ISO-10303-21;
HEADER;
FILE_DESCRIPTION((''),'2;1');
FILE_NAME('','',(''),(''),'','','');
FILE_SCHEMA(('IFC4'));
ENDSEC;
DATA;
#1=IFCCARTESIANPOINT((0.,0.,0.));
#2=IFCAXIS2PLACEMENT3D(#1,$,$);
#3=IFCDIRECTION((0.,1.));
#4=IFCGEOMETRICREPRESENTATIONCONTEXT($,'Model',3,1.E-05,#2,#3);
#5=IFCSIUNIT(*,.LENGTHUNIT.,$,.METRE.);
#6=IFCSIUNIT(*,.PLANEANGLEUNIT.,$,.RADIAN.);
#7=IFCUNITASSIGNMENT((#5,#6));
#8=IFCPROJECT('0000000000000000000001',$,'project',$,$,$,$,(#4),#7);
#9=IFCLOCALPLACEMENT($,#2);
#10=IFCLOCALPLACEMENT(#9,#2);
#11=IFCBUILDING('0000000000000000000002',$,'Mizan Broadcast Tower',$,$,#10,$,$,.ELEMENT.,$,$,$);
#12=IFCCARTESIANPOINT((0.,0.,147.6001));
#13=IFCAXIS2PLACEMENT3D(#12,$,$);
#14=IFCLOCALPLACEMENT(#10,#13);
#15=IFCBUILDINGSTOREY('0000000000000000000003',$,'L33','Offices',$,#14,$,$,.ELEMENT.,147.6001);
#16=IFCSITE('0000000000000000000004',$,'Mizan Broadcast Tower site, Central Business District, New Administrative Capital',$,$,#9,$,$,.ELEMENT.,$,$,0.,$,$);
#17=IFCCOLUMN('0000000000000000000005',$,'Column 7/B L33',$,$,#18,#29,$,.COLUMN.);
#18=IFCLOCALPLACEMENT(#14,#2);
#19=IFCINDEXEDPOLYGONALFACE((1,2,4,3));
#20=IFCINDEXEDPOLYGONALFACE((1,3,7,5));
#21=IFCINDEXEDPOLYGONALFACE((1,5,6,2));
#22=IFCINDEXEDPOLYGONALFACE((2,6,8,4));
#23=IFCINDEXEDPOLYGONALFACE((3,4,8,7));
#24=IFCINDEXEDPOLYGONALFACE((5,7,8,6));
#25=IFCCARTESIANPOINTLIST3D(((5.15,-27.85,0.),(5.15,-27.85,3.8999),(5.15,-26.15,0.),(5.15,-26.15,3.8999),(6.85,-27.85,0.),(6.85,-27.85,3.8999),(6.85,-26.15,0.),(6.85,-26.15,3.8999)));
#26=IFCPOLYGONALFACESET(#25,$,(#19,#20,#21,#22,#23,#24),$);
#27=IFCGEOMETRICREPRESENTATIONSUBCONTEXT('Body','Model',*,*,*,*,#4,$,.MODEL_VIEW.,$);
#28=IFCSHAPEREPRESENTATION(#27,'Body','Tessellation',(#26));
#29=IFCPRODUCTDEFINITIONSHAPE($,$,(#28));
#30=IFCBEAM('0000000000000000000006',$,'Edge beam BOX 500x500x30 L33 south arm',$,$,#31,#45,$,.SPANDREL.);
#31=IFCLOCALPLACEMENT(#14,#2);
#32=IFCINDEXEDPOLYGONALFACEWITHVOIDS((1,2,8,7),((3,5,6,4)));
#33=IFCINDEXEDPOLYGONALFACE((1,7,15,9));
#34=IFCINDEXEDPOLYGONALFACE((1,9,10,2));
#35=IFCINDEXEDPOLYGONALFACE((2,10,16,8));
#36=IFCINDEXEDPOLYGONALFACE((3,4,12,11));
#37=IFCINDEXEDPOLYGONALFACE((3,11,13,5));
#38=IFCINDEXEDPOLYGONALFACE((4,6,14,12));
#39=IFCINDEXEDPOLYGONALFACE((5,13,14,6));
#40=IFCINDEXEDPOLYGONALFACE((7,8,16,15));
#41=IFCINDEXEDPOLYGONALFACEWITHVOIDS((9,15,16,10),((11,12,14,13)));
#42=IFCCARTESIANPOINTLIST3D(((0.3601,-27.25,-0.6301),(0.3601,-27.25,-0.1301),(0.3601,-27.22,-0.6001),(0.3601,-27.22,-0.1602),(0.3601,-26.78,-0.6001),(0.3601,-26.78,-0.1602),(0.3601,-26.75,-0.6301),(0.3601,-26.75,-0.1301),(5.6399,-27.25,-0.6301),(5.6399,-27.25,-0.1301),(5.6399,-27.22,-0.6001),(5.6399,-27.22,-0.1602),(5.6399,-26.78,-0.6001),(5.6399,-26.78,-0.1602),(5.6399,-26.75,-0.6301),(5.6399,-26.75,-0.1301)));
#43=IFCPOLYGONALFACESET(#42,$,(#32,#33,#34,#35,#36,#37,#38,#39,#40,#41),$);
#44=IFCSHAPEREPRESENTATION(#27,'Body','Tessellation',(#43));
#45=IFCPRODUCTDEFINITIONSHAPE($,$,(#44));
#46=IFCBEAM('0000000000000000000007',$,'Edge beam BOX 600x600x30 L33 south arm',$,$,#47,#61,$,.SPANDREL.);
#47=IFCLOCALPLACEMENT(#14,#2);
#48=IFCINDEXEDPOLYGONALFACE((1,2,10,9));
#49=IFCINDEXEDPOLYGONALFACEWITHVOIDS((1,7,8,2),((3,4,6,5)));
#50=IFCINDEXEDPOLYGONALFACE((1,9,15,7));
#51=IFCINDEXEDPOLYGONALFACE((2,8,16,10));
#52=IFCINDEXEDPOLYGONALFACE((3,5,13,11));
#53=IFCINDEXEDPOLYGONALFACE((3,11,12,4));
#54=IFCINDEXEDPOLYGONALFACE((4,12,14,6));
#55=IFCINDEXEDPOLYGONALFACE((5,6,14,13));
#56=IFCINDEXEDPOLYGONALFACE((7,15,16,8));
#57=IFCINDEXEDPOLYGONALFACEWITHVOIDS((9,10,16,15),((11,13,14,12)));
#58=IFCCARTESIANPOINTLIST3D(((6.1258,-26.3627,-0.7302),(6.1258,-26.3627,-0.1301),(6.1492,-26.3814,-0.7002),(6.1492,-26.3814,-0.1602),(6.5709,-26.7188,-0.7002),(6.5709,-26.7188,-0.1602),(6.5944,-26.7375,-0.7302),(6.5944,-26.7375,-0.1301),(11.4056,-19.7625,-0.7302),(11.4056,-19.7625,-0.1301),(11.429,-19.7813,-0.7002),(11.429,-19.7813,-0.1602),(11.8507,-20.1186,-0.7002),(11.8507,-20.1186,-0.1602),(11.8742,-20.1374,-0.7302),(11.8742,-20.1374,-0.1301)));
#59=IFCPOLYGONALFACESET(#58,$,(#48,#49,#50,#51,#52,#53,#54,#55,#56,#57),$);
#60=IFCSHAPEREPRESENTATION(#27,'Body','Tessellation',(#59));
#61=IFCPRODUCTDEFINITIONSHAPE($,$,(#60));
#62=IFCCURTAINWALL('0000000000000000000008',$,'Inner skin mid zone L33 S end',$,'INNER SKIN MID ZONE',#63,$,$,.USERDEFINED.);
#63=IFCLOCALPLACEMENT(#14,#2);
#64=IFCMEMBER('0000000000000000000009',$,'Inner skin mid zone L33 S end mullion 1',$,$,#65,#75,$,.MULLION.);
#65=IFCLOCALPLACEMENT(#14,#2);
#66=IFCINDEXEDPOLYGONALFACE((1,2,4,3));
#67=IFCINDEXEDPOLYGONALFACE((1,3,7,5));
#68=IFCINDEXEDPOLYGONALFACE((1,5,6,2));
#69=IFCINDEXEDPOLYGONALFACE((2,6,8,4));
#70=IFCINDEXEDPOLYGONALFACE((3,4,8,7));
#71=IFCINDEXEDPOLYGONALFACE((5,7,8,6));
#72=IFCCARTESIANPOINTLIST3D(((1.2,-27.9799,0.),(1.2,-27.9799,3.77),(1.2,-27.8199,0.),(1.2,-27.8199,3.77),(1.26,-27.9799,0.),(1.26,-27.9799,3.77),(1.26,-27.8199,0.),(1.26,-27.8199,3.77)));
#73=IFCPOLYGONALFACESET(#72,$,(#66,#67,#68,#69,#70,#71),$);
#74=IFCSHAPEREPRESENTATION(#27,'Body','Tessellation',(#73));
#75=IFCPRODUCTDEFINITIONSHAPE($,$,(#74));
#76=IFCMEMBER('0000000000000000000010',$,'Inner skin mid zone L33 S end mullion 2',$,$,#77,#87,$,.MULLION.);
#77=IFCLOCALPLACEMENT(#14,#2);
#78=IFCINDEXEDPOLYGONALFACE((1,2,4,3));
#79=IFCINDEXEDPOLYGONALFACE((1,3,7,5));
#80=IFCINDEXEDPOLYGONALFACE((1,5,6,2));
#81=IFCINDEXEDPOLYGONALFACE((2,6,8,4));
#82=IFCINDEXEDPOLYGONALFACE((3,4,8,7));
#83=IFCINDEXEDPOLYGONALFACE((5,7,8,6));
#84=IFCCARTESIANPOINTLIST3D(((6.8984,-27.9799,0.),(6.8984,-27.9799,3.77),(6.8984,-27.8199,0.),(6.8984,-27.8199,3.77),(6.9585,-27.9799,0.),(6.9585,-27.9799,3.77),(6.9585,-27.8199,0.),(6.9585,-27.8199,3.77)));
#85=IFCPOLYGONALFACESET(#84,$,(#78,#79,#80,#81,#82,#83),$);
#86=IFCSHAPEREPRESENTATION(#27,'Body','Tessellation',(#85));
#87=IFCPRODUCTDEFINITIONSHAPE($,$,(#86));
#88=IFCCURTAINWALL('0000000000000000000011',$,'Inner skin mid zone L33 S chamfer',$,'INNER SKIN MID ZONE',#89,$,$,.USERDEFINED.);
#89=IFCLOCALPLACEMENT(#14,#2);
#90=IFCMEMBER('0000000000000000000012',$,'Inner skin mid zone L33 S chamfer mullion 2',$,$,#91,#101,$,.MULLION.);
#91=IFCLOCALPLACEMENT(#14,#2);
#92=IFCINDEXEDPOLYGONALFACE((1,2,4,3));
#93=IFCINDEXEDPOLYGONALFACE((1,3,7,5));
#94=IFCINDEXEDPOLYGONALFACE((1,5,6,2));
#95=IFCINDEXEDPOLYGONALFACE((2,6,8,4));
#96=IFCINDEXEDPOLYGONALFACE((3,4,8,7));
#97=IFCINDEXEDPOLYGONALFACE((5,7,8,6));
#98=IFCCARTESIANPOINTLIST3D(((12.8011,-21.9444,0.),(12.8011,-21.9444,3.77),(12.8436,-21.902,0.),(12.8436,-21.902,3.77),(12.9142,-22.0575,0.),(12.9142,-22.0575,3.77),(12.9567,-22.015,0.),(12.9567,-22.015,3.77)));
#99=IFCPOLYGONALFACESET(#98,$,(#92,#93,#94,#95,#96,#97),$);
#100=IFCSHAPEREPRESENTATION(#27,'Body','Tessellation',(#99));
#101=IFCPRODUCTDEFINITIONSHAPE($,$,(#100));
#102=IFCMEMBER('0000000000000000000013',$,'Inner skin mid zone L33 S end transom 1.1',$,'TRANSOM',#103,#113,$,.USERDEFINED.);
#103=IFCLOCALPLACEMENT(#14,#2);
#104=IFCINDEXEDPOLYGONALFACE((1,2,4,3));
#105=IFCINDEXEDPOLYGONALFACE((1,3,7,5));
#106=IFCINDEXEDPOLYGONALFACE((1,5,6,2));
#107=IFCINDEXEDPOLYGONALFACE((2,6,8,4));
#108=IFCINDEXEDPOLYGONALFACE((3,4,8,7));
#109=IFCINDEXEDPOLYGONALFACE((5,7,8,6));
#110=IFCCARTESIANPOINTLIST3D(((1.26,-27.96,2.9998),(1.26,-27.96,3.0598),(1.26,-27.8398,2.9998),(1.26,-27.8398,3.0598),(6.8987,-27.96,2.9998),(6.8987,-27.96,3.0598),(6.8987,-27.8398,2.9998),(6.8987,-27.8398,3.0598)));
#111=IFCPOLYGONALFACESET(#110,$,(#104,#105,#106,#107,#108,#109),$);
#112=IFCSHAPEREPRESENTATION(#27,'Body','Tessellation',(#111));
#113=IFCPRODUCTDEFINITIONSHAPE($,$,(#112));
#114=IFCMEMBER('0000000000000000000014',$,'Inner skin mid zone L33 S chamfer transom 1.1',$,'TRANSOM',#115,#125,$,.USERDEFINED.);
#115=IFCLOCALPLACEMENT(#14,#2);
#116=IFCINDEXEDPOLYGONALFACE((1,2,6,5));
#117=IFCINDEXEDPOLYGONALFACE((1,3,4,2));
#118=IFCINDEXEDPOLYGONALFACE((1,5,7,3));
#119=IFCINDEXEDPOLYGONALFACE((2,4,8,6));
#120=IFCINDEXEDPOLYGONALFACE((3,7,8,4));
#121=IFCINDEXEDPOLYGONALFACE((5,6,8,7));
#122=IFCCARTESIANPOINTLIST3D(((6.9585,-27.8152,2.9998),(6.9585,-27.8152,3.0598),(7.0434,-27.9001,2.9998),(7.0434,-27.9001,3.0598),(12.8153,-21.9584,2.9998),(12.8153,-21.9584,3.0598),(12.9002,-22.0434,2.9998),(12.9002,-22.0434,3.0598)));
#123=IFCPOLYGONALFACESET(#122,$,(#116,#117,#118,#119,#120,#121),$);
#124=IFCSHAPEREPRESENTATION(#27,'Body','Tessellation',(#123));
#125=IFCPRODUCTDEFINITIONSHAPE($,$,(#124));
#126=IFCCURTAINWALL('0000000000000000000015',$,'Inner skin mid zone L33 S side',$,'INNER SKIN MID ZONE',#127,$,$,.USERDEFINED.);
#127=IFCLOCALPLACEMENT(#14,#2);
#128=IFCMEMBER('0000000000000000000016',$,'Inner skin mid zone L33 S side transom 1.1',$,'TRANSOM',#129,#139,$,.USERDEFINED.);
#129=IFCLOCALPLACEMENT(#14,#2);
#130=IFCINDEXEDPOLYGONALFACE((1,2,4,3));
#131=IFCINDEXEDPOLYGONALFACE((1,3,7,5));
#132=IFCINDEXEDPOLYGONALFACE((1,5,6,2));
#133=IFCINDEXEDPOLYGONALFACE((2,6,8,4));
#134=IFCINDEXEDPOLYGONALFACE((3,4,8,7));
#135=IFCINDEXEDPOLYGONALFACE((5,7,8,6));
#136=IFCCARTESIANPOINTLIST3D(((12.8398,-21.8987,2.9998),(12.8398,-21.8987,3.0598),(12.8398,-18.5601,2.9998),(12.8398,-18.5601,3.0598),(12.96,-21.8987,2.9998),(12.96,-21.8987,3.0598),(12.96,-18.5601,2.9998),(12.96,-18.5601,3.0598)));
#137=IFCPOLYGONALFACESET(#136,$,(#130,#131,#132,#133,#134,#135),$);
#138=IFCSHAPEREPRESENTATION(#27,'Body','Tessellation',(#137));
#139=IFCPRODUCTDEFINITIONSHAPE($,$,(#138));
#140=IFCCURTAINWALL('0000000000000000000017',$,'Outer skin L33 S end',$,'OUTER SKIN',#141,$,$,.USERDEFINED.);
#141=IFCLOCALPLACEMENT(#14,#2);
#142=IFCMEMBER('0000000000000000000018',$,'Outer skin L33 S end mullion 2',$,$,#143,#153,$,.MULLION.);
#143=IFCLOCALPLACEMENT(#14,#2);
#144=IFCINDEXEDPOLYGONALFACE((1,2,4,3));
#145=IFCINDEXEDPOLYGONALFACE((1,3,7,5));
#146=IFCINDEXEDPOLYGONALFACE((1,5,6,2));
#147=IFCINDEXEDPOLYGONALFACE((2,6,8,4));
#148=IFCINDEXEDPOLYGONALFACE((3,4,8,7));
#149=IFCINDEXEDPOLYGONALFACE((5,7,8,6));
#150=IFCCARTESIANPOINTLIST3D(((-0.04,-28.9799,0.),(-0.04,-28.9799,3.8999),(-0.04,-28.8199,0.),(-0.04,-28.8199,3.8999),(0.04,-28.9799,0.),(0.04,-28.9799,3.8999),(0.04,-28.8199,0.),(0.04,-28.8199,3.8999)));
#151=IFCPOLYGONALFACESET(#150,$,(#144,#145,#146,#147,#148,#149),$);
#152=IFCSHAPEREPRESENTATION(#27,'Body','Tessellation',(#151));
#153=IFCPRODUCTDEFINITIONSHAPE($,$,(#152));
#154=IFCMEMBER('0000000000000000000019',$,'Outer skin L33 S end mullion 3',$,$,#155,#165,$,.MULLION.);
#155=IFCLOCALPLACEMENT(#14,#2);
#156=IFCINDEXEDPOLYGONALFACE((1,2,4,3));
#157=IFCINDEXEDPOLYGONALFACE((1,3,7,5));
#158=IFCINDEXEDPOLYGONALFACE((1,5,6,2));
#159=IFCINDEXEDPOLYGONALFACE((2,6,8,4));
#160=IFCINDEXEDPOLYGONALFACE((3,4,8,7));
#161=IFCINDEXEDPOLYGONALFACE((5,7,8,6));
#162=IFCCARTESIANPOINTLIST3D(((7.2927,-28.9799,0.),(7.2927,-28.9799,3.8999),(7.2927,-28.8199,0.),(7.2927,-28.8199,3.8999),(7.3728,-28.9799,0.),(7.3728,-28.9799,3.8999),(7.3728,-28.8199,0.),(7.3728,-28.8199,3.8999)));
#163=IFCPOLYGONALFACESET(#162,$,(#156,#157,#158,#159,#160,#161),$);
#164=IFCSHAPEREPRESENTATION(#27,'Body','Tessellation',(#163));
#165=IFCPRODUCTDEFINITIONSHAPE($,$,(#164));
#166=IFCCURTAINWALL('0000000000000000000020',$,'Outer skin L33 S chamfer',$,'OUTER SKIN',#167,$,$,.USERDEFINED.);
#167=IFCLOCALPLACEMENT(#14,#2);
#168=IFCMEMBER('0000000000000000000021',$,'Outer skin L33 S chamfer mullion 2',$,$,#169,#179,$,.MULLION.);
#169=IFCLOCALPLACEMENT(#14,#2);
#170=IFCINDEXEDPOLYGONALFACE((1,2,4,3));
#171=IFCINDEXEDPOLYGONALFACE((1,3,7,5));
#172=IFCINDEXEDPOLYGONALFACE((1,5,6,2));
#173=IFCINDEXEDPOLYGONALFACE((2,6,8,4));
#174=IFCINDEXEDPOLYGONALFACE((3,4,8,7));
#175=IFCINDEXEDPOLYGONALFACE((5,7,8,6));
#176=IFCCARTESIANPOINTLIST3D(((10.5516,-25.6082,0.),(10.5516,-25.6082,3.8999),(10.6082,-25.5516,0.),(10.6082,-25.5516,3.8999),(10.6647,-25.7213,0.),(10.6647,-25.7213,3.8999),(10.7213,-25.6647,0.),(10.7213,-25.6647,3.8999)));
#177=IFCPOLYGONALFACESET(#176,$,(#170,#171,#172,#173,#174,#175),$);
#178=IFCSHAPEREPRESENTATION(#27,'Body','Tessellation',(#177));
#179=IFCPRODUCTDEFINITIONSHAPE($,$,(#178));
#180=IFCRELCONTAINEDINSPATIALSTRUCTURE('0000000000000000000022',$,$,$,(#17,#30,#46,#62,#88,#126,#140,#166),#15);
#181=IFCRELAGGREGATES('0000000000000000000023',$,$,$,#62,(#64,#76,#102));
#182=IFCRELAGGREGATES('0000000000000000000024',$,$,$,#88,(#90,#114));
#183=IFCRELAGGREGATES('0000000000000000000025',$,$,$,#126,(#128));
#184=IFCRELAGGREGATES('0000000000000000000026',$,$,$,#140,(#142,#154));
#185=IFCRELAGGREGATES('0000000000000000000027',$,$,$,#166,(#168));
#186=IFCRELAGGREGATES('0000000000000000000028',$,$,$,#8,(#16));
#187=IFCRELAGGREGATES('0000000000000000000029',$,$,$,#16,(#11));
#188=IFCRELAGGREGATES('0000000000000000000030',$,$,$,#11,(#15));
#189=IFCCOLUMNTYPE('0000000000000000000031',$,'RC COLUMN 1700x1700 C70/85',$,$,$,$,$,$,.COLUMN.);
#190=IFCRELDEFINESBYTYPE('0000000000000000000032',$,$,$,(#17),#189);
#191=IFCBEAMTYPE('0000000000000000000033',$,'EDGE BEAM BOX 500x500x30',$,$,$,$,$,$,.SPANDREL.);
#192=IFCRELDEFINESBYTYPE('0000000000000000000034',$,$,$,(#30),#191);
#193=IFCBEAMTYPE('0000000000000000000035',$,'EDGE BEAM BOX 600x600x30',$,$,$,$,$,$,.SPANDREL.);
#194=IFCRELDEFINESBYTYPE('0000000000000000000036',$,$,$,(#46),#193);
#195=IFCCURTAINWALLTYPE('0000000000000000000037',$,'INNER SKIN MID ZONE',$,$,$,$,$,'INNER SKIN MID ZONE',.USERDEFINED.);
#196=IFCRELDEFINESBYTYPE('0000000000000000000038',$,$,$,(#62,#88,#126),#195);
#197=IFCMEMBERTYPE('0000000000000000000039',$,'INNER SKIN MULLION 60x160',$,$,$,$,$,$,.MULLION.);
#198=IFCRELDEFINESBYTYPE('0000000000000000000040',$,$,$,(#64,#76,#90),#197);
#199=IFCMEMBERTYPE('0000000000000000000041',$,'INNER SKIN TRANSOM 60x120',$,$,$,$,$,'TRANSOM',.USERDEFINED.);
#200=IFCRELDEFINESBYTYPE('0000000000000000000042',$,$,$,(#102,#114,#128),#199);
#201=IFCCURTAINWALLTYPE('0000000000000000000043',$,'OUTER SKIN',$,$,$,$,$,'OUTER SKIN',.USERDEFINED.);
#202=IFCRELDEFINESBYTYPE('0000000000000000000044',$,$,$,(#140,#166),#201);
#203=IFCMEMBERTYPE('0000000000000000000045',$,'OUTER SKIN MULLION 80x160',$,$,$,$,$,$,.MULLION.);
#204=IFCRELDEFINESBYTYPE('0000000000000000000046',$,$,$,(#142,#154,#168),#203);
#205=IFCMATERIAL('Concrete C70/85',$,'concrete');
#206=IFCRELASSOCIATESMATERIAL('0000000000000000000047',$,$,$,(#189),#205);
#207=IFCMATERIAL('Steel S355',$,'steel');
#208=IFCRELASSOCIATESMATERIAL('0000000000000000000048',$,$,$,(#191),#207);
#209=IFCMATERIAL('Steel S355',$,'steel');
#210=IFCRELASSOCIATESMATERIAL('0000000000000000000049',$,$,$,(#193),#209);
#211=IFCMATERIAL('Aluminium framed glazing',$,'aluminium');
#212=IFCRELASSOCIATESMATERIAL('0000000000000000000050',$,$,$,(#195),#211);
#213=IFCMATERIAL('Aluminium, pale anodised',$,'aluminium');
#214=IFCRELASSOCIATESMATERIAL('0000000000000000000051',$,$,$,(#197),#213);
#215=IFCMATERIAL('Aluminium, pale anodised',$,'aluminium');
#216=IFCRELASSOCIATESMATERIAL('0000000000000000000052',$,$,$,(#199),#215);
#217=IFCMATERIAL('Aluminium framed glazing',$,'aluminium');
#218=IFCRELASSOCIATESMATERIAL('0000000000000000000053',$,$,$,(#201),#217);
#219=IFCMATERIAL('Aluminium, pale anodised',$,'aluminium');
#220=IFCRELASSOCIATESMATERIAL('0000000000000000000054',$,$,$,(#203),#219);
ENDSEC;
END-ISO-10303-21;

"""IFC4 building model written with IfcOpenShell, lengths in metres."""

from ifc_helpers import new_model, si_unit, direction, frame, origin, origin_2d, place, context, subcontext, project, spatial, rectangle, hollow_rectangle, extrude, material, material_profile, profile_set, type_object, element, aggregate, save


model = new_model("IFC4")

# Units and contexts
model_context = context("Model", 3, precision=1e-05, world=origin(), true_north=direction((0.0, 1.0)))
body_context = subcontext(model_context, "Body", "Model", "MODEL_VIEW")
ifc_project = project(units=[si_unit("LENGTHUNIT", "METRE"), si_unit("PLANEANGLEUNIT", "RADIAN")], contexts=[model_context])

# Site, building, storey
site_placement = place(None, origin())
site = spatial("IfcSite", under=ifc_project, at=site_placement, Name="Mizan Broadcast Tower site, Central Business District, New Administrative Capital", CompositionType="ELEMENT", RefElevation=0.0)
building_placement = place(site_placement, origin())
building = spatial("IfcBuilding", under=site, at=building_placement, Name="Mizan Broadcast Tower", CompositionType="ELEMENT")
storey_placement = place(building_placement, frame((0.0, 0.0, 147.6001)))
storey = spatial("IfcBuildingStorey", under=building, at=storey_placement, Name="L33", Description="Offices", CompositionType="ELEMENT", Elevation=147.6001)

# Column
ifc_material_1 = material(Name="Concrete C70/85", Category="concrete")
ifc_material_profile_1 = material_profile(ifc_material_1, rectangle(XDim=1.7, YDim=1.7, at=origin_2d()), Name="RC 1700x1700")
ifc_profile_set_1 = profile_set([ifc_material_profile_1], Name="Concrete C70/85")
column_type = type_object("IfcColumnType", Name="RC COLUMN 1700x1700 C70/85", PredefinedType="COLUMN", material=ifc_profile_set_1)
column_placement = place(storey_placement, frame((6.0, -27.0, 0.0), z_axis=(0.0, 0.0, 1.0), x_axis=(1.0, 0.0, 0.0)))
element("IfcColumn", 1, at=column_placement, inside=storey, type_object=column_type, Name="Column 7/B L33", PredefinedType="COLUMN", context=body_context, shape_type="SweptSolid", body=[
    extrude(rectangle(XDim=1.7, YDim=1.7, at=origin_2d()), origin(), (0.0, 0.0, 1.0), 3.8999),
])

# Beams
ifc_material_2 = material(Name="Steel S355", Category="steel")
ifc_material_profile_2 = material_profile(ifc_material_2, hollow_rectangle(XDim=0.5, YDim=0.5, WallThickness=0.03, at=origin_2d()), Name="BOX 500x500x30")
ifc_profile_set_2 = profile_set([ifc_material_profile_2], Name="Steel S355")
beam_type_1 = type_object("IfcBeamType", Name="EDGE BEAM BOX 500x500x30", PredefinedType="SPANDREL", material=ifc_profile_set_2)
beam_1_placement = place(storey_placement, frame((5.6399, -27.0, -0.3801), z_axis=(-1.0, 0.0, 0.0), x_axis=(0.0, -1.0, 0.0)))
element("IfcBeam", 2, at=beam_1_placement, inside=storey, type_object=beam_type_1, Name="Edge beam BOX 500x500x30 L33 south arm", PredefinedType="SPANDREL", context=body_context, shape_type="SweptSolid", body=[
    extrude(hollow_rectangle(XDim=0.5, YDim=0.5, WallThickness=0.03, at=origin_2d()), origin(), (0.0, 0.0, 1.0), 5.2798),
])
ifc_material_3 = material(Name="Steel S355", Category="steel")
ifc_material_profile_3 = material_profile(ifc_material_3, hollow_rectangle(XDim=0.6001, YDim=0.6001, WallThickness=0.03, at=origin_2d()), Name="BOX 600x600x30")
ifc_profile_set_3 = profile_set([ifc_material_profile_3], Name="Steel S355")
beam_type_2 = type_object("IfcBeamType", Name="EDGE BEAM BOX 600x600x30", PredefinedType="SPANDREL", material=ifc_profile_set_3)
beam_2_placement = place(storey_placement, frame((11.6399, -19.95, -0.4302), z_axis=(-0.624674, -0.780886, 0.0), x_axis=(0.780886, -0.624674, 0.0)))
element("IfcBeam", 3, at=beam_2_placement, inside=storey, type_object=beam_type_2, Name="Edge beam BOX 600x600x30 L33 south arm", PredefinedType="SPANDREL", context=body_context, shape_type="SweptSolid", body=[
    extrude(hollow_rectangle(XDim=0.6001, YDim=0.6001, WallThickness=0.03, at=origin_2d()), origin(), (0.0, 0.0, 1.0), 8.4521),
])

# Curtain wall, members
ifc_material_4 = material(Name="Aluminium framed glazing", Category="aluminium")
curtain_wall_type_1 = type_object("IfcCurtainWallType", Name="INNER SKIN MID ZONE", ElementType="INNER SKIN MID ZONE", PredefinedType="USERDEFINED", material=ifc_material_4)
curtain_wall_1_placement = place(storey_placement, origin())
curtain_wall_1 = element("IfcCurtainWall", 4, at=curtain_wall_1_placement, inside=storey, type_object=curtain_wall_type_1, Name="Inner skin mid zone L33 S end", ObjectType="INNER SKIN MID ZONE", PredefinedType="USERDEFINED")
ifc_material_5 = material(Name="Aluminium, pale anodised", Category="aluminium")
ifc_material_profile_4 = material_profile(ifc_material_5, rectangle(XDim=0.1599, YDim=0.0601, at=origin_2d()), Name="MULLION 160x60")
ifc_profile_set_4 = profile_set([ifc_material_profile_4], Name="Aluminium, pale anodised")
member_type_1 = type_object("IfcMemberType", Name="INNER SKIN MULLION 60x160", PredefinedType="MULLION", material=ifc_profile_set_4)
member_1_placement = place(storey_placement, frame((1.23, -27.8999, 0.0), z_axis=(0.0, 0.0, 1.0), x_axis=(0.0, 1.0, 0.0)))
member_1 = element("IfcMember", 5, at=member_1_placement, type_object=member_type_1, Name="Inner skin mid zone L33 S end mullion 1", PredefinedType="MULLION", context=body_context, shape_type="SweptSolid", body=[
    extrude(rectangle(XDim=0.1599, YDim=0.0601, at=origin_2d()), origin(), (0.0, 0.0, 1.0), 3.77),
])
member_2_placement = place(storey_placement, frame((6.9285, -27.8999, 0.0), z_axis=(0.0, 0.0, 1.0), x_axis=(0.0, 1.0, 0.0)))
member_2 = element("IfcMember", 6, at=member_2_placement, type_object=member_type_1, Name="Inner skin mid zone L33 S end mullion 2", PredefinedType="MULLION", context=body_context, shape_type="SweptSolid", body=[
    extrude(rectangle(XDim=0.1599, YDim=0.0601, at=origin_2d()), origin(), (0.0, 0.0, 1.0), 3.77),
])

# Curtain wall, member
curtain_wall_2_placement = place(storey_placement, origin())
curtain_wall_2 = element("IfcCurtainWall", 7, at=curtain_wall_2_placement, inside=storey, type_object=curtain_wall_type_1, Name="Inner skin mid zone L33 S chamfer", ObjectType="INNER SKIN MID ZONE", PredefinedType="USERDEFINED")
member_3_placement = place(storey_placement, frame((12.8789, -21.9797, 0.0), z_axis=(0.0, 0.0, 1.0), x_axis=(-0.707107, 0.707107, 0.0)))
member_3 = element("IfcMember", 8, at=member_3_placement, type_object=member_type_1, Name="Inner skin mid zone L33 S chamfer mullion 2", PredefinedType="MULLION", context=body_context, shape_type="SweptSolid", body=[
    extrude(rectangle(XDim=0.1599, YDim=0.0601, at=origin_2d()), origin(), (0.0, 0.0, 1.0), 3.77),
])

# Members
ifc_material_6 = material(Name="Aluminium, pale anodised", Category="aluminium")
ifc_material_profile_5 = material_profile(ifc_material_6, rectangle(XDim=0.1201, YDim=0.0601, at=origin_2d()), Name="TRANSOM 120x60")
ifc_profile_set_5 = profile_set([ifc_material_profile_5], Name="Aluminium, pale anodised")
member_type_2 = type_object("IfcMemberType", Name="INNER SKIN TRANSOM 60x120", ElementType="TRANSOM", PredefinedType="USERDEFINED", material=ifc_profile_set_5)
member_4_placement = place(storey_placement, frame((1.26, -27.8999, 3.0298), z_axis=(1.0, 0.0, 0.0), x_axis=(0.0, 1.0, 0.0)))
member_4 = element("IfcMember", 9, at=member_4_placement, type_object=member_type_2, Name="Inner skin mid zone L33 S end transom 1.1", ObjectType="TRANSOM", PredefinedType="USERDEFINED", context=body_context, shape_type="SweptSolid", body=[
    extrude(rectangle(XDim=0.1201, YDim=0.0601, at=origin_2d()), origin(), (0.0, 0.0, 1.0), 5.6387),
])
member_5_placement = place(storey_placement, frame((7.001, -27.8577, 3.0298), z_axis=(0.707107, 0.707107, 0.0), x_axis=(-0.707107, 0.707107, 0.0)))
member_5 = element("IfcMember", 10, at=member_5_placement, type_object=member_type_2, Name="Inner skin mid zone L33 S chamfer transom 1.1", ObjectType="TRANSOM", PredefinedType="USERDEFINED", context=body_context, shape_type="SweptSolid", body=[
    extrude(rectangle(XDim=0.1201, YDim=0.0601, at=origin_2d()), origin(), (0.0, 0.0, 1.0), 8.2827),
])

# Curtain wall, member
curtain_wall_3_placement = place(storey_placement, origin())
curtain_wall_3 = element("IfcCurtainWall", 11, at=curtain_wall_3_placement, inside=storey, type_object=curtain_wall_type_1, Name="Inner skin mid zone L33 S side", ObjectType="INNER SKIN MID ZONE", PredefinedType="USERDEFINED")
member_6_placement = place(storey_placement, frame((12.8999, -21.8987, 3.0298), z_axis=(0.0, 1.0, 0.0), x_axis=(-1.0, 0.0, 0.0)))
member_6 = element("IfcMember", 12, at=member_6_placement, type_object=member_type_2, Name="Inner skin mid zone L33 S side transom 1.1", ObjectType="TRANSOM", PredefinedType="USERDEFINED", context=body_context, shape_type="SweptSolid", body=[
    extrude(rectangle(XDim=0.1201, YDim=0.0601, at=origin_2d()), origin(), (0.0, 0.0, 1.0), 3.3386),
])

# Curtain wall, members
ifc_material_7 = material(Name="Aluminium framed glazing", Category="aluminium")
curtain_wall_type_2 = type_object("IfcCurtainWallType", Name="OUTER SKIN", ElementType="OUTER SKIN", PredefinedType="USERDEFINED", material=ifc_material_7)
curtain_wall_4_placement = place(storey_placement, origin())
curtain_wall_4 = element("IfcCurtainWall", 13, at=curtain_wall_4_placement, inside=storey, type_object=curtain_wall_type_2, Name="Outer skin L33 S end", ObjectType="OUTER SKIN", PredefinedType="USERDEFINED")
ifc_material_8 = material(Name="Aluminium, pale anodised", Category="aluminium")
ifc_material_profile_6 = material_profile(ifc_material_8, rectangle(XDim=0.1599, YDim=0.0801, at=origin_2d()), Name="MULLION 160x80")
ifc_profile_set_6 = profile_set([ifc_material_profile_6], Name="Aluminium, pale anodised")
member_type_3 = type_object("IfcMemberType", Name="OUTER SKIN MULLION 80x160", PredefinedType="MULLION", material=ifc_profile_set_6)
member_7_placement = place(storey_placement, frame((0.0, -28.8999, 0.0), z_axis=(0.0, 0.0, 1.0), x_axis=(0.0, 1.0, 0.0)))
member_7 = element("IfcMember", 14, at=member_7_placement, type_object=member_type_3, Name="Outer skin L33 S end mullion 2", PredefinedType="MULLION", context=body_context, shape_type="SweptSolid", body=[
    extrude(rectangle(XDim=0.1599, YDim=0.0801, at=origin_2d()), origin(), (0.0, 0.0, 1.0), 3.8999),
])
member_8_placement = place(storey_placement, frame((7.3328, -28.8999, 0.0), z_axis=(0.0, 0.0, 1.0), x_axis=(0.0, 1.0, 0.0)))
member_8 = element("IfcMember", 15, at=member_8_placement, type_object=member_type_3, Name="Outer skin L33 S end mullion 3", PredefinedType="MULLION", context=body_context, shape_type="SweptSolid", body=[
    extrude(rectangle(XDim=0.1599, YDim=0.0801, at=origin_2d()), origin(), (0.0, 0.0, 1.0), 3.8999),
])

# Curtain wall, member
curtain_wall_5_placement = place(storey_placement, origin())
curtain_wall_5 = element("IfcCurtainWall", 16, at=curtain_wall_5_placement, inside=storey, type_object=curtain_wall_type_2, Name="Outer skin L33 S chamfer", ObjectType="OUTER SKIN", PredefinedType="USERDEFINED")
member_9_placement = place(storey_placement, frame((10.6365, -25.6365, 0.0), z_axis=(0.0, 0.0, 1.0), x_axis=(-0.707107, 0.707107, 0.0)))
member_9 = element("IfcMember", 17, at=member_9_placement, type_object=member_type_3, Name="Outer skin L33 S chamfer mullion 2", PredefinedType="MULLION", context=body_context, shape_type="SweptSolid", body=[
    extrude(rectangle(XDim=0.1599, YDim=0.0801, at=origin_2d()), origin(), (0.0, 0.0, 1.0), 3.8999),
])

aggregate(curtain_wall_1, [member_1, member_2, member_4])
aggregate(curtain_wall_2, [member_3, member_5])
aggregate(curtain_wall_3, [member_6])
aggregate(curtain_wall_4, [member_7, member_8])
aggregate(curtain_wall_5, [member_9])

save(model, "model.ifc")
